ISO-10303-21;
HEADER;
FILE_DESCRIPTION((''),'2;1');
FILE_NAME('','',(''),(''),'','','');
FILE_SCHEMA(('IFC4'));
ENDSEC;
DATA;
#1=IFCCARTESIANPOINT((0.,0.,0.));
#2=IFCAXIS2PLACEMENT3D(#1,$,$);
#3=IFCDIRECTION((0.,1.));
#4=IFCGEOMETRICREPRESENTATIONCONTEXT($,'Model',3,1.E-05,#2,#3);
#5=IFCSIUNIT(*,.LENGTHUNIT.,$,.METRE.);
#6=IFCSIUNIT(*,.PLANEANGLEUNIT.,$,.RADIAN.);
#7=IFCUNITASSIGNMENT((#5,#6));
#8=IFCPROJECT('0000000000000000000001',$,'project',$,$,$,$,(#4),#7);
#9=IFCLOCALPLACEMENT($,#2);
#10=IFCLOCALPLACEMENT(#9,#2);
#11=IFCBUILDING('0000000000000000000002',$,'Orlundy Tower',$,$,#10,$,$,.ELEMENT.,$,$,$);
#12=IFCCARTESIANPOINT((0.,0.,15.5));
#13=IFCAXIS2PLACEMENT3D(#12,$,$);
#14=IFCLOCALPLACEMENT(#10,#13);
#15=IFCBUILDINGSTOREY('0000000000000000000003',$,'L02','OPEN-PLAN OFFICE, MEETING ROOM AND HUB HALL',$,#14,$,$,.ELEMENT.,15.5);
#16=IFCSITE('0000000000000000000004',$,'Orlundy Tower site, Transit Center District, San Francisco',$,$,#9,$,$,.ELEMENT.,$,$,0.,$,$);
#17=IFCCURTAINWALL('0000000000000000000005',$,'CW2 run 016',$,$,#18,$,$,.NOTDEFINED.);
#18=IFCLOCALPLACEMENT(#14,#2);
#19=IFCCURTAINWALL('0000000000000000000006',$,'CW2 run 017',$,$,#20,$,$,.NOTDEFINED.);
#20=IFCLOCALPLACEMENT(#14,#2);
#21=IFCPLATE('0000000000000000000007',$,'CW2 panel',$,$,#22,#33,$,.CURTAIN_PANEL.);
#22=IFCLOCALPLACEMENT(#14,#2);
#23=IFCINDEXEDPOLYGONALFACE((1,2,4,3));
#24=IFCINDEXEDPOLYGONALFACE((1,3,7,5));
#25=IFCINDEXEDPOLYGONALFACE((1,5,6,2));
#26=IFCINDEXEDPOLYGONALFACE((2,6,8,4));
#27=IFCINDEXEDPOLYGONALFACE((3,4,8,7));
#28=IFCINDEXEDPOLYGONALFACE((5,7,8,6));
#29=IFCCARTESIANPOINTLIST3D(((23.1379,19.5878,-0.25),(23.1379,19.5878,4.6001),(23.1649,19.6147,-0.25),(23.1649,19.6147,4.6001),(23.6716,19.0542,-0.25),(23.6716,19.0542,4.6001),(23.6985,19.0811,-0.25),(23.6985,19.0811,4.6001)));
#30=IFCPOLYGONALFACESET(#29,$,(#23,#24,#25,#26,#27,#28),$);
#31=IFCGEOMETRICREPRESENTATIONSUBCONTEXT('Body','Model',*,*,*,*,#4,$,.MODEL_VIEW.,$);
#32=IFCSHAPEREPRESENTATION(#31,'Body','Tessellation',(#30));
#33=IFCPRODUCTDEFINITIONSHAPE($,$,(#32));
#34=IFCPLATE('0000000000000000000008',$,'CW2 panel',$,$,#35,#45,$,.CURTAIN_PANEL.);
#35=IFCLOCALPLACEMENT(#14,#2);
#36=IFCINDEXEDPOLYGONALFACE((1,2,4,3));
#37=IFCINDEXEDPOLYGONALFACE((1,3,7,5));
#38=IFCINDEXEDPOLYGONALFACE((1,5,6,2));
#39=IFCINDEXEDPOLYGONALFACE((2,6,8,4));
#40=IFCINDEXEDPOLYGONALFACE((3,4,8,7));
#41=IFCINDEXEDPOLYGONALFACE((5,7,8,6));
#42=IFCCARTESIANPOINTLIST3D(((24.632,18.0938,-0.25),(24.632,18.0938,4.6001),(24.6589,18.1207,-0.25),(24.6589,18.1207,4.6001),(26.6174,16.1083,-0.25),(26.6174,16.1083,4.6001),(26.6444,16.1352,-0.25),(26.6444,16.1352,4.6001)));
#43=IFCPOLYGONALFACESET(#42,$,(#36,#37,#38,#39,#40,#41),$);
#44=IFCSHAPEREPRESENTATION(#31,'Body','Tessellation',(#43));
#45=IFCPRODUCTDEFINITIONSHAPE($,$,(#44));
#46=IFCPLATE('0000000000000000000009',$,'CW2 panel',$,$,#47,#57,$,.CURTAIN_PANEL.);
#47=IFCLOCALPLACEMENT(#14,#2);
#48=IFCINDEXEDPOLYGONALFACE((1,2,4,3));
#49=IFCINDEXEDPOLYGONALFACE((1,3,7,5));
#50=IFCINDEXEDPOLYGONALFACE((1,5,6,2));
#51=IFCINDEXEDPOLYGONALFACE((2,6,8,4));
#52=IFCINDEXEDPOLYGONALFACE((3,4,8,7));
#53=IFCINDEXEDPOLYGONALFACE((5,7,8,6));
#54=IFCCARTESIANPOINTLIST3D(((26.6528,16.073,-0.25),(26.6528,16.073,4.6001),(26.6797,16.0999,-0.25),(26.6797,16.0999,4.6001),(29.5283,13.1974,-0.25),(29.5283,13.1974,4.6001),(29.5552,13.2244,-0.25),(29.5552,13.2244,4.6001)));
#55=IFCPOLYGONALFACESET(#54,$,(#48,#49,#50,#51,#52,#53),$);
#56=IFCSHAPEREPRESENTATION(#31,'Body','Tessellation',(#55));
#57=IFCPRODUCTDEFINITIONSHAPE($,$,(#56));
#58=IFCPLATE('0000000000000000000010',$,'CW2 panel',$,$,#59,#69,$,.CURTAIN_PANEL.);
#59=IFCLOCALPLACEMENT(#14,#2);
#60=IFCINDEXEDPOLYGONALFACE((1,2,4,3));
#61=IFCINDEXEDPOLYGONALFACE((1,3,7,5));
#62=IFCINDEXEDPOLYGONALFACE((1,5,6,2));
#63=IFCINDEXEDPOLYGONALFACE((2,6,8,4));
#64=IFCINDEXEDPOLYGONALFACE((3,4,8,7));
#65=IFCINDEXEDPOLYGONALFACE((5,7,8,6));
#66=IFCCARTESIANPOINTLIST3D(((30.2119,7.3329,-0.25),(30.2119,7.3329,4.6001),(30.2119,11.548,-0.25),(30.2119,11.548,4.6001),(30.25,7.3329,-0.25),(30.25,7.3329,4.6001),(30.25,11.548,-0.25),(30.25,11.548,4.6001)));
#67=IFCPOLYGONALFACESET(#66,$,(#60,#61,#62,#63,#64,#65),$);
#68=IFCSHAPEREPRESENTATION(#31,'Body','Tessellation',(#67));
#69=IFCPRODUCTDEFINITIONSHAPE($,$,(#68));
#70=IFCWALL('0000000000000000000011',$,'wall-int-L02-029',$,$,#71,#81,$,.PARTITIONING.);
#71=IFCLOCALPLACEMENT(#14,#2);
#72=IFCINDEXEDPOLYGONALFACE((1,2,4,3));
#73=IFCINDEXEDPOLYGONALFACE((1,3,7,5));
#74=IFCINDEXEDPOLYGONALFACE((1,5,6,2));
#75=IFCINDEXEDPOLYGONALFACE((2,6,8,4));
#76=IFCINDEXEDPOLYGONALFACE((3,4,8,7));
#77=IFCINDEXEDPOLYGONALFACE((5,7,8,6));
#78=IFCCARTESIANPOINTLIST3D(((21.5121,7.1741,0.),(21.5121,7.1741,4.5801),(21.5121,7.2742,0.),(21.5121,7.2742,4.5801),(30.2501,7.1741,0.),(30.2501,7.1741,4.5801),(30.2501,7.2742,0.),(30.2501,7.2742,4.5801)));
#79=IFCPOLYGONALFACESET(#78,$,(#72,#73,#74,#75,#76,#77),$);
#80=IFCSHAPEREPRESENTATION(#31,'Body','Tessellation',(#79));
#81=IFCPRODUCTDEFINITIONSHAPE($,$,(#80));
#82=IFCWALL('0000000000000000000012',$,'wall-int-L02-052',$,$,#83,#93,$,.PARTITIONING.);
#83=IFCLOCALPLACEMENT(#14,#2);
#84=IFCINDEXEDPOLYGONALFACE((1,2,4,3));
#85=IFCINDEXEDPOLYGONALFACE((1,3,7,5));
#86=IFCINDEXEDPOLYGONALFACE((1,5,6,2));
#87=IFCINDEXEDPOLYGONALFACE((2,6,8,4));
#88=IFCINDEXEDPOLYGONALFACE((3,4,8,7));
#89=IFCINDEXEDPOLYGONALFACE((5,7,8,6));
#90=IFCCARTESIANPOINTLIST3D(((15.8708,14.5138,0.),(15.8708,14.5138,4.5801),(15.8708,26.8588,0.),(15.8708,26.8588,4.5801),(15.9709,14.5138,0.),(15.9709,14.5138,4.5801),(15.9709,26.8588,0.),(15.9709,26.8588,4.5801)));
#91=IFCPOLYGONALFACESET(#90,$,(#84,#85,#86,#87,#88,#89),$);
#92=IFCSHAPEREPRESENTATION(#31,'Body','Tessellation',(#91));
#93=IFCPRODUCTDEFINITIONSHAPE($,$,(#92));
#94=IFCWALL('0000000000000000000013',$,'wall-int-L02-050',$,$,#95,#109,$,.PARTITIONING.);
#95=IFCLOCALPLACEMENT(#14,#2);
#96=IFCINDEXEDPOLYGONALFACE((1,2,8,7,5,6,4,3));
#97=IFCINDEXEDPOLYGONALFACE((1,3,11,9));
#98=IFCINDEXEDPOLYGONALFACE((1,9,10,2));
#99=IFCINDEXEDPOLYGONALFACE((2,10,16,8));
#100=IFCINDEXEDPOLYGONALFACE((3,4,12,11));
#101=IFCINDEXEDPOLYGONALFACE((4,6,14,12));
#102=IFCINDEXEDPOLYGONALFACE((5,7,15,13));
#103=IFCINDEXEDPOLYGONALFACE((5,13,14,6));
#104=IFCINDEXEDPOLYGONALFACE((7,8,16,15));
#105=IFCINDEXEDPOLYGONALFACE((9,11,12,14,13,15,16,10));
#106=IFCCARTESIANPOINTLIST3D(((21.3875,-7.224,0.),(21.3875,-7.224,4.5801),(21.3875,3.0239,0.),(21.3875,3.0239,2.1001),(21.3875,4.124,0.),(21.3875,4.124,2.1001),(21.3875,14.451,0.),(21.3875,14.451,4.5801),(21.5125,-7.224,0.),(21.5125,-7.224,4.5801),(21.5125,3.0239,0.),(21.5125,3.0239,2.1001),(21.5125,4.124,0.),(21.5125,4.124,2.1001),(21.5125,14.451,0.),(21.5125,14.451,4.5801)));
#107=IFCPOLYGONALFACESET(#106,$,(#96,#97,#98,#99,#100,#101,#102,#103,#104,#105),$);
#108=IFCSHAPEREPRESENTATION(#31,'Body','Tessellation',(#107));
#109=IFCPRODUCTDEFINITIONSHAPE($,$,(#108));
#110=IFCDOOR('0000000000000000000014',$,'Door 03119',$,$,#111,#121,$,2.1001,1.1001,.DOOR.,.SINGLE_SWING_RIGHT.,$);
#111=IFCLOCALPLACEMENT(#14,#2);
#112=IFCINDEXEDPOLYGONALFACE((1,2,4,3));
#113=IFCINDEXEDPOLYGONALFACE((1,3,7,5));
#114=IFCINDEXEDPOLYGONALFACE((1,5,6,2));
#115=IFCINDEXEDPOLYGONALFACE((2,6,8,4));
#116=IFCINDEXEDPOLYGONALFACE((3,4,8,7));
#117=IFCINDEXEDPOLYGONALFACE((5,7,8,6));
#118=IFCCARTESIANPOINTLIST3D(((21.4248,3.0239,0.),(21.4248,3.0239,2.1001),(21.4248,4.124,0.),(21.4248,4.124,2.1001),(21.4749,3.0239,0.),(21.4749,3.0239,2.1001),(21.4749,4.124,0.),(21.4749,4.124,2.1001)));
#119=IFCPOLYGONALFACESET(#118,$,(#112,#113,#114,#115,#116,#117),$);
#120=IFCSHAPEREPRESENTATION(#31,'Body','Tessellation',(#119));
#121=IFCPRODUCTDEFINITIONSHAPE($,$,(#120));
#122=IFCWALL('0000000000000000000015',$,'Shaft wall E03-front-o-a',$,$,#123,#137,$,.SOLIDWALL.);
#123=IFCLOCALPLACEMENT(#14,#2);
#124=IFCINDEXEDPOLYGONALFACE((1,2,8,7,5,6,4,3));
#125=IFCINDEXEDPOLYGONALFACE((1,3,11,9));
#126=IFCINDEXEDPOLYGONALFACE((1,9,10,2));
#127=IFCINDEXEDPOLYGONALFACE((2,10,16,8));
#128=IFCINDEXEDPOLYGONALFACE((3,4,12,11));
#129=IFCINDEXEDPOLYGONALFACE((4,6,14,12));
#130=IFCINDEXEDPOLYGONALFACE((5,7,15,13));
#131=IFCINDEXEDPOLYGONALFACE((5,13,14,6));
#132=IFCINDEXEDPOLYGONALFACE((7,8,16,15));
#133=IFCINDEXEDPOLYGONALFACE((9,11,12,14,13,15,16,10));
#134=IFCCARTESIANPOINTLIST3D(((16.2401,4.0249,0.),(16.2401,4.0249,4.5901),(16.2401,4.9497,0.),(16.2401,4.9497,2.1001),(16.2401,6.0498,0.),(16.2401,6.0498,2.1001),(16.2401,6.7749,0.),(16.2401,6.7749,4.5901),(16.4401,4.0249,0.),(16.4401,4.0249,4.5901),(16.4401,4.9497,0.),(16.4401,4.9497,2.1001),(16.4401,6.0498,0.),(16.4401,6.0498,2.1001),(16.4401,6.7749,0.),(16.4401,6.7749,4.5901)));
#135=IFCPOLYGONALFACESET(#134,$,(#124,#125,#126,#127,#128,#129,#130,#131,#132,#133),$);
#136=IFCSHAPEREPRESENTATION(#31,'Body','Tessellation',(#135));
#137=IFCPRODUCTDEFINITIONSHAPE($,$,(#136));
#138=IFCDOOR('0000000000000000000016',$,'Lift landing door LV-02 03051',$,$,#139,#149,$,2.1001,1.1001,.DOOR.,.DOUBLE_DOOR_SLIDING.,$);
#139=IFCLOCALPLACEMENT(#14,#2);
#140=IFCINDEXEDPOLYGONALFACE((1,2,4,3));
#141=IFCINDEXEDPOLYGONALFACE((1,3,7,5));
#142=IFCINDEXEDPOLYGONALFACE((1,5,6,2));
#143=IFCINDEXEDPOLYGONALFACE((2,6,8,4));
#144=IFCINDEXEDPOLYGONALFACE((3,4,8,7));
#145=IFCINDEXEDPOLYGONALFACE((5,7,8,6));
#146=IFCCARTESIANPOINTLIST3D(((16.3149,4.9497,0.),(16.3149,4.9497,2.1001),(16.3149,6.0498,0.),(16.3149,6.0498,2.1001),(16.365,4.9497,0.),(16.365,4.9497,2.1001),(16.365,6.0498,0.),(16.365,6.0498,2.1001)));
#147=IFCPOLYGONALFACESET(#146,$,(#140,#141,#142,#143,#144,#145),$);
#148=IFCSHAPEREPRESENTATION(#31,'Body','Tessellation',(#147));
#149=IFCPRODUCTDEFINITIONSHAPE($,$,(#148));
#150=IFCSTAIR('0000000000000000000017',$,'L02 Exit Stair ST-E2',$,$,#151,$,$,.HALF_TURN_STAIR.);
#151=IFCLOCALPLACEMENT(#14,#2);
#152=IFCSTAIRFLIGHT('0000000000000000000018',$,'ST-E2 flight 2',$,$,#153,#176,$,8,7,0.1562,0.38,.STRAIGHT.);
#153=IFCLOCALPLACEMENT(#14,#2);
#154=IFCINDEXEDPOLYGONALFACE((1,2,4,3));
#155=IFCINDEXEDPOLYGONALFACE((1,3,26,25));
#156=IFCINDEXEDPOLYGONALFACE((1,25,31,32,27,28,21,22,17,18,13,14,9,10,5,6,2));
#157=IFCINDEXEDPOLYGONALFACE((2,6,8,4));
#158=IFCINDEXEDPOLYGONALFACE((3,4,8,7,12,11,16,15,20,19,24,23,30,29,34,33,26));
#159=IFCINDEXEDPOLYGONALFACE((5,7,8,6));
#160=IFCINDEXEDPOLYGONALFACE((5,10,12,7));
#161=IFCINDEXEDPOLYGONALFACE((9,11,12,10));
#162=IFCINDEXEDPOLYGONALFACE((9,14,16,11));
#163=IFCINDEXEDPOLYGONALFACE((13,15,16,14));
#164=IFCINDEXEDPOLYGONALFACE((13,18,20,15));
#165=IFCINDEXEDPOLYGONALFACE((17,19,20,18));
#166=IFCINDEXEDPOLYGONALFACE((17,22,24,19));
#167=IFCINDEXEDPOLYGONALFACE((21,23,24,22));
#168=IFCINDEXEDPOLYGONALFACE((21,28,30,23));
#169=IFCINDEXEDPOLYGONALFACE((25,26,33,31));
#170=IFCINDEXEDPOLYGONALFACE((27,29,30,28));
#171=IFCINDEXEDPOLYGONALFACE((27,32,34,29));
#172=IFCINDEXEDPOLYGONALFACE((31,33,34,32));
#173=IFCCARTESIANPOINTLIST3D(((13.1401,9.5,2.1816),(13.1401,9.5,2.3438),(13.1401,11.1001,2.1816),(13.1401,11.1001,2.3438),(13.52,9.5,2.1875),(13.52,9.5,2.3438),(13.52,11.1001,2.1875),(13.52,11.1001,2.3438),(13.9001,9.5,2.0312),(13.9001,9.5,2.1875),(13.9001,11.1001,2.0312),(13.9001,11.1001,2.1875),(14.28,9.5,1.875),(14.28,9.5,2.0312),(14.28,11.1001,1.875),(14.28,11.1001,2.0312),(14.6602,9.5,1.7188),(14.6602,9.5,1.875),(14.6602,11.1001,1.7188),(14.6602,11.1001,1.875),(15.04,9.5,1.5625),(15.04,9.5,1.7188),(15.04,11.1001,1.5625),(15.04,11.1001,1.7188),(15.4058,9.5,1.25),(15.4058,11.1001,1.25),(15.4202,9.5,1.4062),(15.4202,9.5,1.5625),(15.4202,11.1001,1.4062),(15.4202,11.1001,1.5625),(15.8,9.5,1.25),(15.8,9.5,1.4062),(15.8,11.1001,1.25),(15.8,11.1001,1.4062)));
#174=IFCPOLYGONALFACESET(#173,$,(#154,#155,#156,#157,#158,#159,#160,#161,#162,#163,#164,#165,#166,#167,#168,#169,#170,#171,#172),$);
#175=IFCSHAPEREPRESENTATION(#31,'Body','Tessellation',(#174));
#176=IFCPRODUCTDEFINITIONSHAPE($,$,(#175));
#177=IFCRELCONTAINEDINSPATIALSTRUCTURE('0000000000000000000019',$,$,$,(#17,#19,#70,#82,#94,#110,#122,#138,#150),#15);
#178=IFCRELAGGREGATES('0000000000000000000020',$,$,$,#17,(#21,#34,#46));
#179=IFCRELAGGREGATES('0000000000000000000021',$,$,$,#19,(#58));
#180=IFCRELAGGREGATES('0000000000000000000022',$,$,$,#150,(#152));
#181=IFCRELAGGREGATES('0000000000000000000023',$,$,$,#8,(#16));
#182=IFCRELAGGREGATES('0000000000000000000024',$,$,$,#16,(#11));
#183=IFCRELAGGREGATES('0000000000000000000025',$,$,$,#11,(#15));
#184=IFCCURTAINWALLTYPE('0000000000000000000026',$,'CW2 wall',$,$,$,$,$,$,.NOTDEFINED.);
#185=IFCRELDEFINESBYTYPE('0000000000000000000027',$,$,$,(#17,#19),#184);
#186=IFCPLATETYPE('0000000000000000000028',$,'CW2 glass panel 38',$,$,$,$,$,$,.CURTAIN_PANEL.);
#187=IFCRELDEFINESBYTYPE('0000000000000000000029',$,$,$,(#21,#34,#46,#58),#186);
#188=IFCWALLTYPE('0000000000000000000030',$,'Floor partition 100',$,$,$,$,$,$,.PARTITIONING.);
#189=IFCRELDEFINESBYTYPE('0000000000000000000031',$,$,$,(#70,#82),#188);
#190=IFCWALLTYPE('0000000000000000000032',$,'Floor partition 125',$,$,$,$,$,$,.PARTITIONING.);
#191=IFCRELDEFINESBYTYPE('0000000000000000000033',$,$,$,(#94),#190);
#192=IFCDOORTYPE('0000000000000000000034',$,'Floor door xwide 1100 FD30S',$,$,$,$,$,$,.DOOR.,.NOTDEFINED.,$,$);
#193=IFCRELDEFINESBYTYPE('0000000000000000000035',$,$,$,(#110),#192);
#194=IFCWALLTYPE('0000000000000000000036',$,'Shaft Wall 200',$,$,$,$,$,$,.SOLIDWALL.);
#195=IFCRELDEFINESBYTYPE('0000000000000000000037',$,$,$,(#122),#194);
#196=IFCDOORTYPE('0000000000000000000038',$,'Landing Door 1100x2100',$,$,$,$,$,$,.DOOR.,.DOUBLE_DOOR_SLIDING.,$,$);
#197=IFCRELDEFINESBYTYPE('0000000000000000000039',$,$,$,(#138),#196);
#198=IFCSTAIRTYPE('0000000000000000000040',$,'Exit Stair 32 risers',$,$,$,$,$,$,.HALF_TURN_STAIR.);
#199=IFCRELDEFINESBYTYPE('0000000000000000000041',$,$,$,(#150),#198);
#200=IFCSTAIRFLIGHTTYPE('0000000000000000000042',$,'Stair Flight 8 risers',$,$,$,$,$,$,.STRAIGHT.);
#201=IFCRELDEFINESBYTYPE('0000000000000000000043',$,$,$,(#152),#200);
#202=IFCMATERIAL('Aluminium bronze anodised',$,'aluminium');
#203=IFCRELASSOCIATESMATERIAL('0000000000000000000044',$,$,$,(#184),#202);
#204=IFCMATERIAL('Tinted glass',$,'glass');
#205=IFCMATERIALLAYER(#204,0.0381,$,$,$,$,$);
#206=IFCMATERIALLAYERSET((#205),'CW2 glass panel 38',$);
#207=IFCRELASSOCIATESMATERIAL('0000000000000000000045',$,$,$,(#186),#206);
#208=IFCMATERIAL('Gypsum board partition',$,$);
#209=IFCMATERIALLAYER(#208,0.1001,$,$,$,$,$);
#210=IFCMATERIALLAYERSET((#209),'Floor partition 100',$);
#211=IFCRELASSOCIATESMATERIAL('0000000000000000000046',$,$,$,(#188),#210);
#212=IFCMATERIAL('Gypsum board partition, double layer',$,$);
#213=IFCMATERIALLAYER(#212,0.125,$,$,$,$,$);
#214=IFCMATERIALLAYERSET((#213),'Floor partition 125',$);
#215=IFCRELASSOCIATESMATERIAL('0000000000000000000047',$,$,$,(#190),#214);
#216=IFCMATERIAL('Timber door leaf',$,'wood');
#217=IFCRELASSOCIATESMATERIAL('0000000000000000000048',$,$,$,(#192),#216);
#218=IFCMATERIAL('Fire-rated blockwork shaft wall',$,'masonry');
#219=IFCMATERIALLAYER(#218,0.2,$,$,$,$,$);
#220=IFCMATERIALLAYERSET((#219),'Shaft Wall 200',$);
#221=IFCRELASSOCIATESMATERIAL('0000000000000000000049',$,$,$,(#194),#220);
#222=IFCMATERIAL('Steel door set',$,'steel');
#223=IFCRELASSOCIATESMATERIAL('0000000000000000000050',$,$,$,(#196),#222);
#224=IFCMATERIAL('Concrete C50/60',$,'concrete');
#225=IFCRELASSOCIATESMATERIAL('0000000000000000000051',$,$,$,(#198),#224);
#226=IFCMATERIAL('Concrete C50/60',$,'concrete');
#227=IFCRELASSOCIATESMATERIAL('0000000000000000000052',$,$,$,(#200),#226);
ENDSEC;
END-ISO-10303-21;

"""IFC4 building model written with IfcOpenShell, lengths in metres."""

from ifc_helpers import new_model, si_unit, direction, frame, frame_2d, origin, origin_2d, place, context, subcontext, project, spatial, polyline, rectangle, outline, extrude, material, layer, layer_set, type_object, element, fill, aggregate, save


model = new_model("IFC4")

# Units and contexts
model_context = context("Model", 3, precision=1e-05, world=origin(), true_north=direction((0.0, 1.0)))
body_context = subcontext(model_context, "Body", "Model", "MODEL_VIEW")
ifc_project = project(units=[si_unit("LENGTHUNIT", "METRE"), si_unit("PLANEANGLEUNIT", "RADIAN")], contexts=[model_context])

# Site, building, storey
site_placement = place(None, origin())
site = spatial("IfcSite", under=ifc_project, at=site_placement, Name="Orlundy Tower site, Transit Center District, San Francisco", CompositionType="ELEMENT", RefElevation=0.0)
building_placement = place(site_placement, origin())
building = spatial("IfcBuilding", under=site, at=building_placement, Name="Orlundy Tower", CompositionType="ELEMENT")
storey_placement = place(building_placement, frame((0.0, 0.0, 15.5)))
storey = spatial("IfcBuildingStorey", under=building, at=storey_placement, Name="L02", Description="OPEN-PLAN OFFICE, MEETING ROOM AND HUB HALL", CompositionType="ELEMENT", Elevation=15.5)

# Curtain wall
ifc_material_1 = material(Name="Aluminium bronze anodised", Category="aluminium")
curtain_wall_type = type_object("IfcCurtainWallType", Name="CW2 wall", PredefinedType="NOTDEFINED", material=ifc_material_1)
curtain_wall_1_placement = place(storey_placement, origin())
curtain_wall_1 = element("IfcCurtainWall", 1, at=curtain_wall_1_placement, inside=storey, type_object=curtain_wall_type, Name="CW2 run 016", PredefinedType="NOTDEFINED")

# Curtain wall
curtain_wall_2_placement = place(storey_placement, origin())
curtain_wall_2 = element("IfcCurtainWall", 2, at=curtain_wall_2_placement, inside=storey, type_object=curtain_wall_type, Name="CW2 run 017", PredefinedType="NOTDEFINED")

# Plates
ifc_material_2 = material(Name="Tinted glass", Category="glass")
ifc_layer_1 = layer(ifc_material_2, 0.0381)
ifc_layer_set_1 = layer_set([ifc_layer_1], Name="CW2 glass panel 38")
plate_type = type_object("IfcPlateType", Name="CW2 glass panel 38", PredefinedType="CURTAIN_PANEL", material=ifc_layer_set_1)
plate_1_placement = place(storey_placement, frame((23.4182, 19.3345, -0.25), z_axis=(0.0, 0.0, 1.0), x_axis=(0.707107, -0.707107, 0.0)))
plate_1 = element("IfcPlate", 3, at=plate_1_placement, type_object=plate_type, Name="CW2 panel", PredefinedType="CURTAIN_PANEL", context=body_context, shape_type="SweptSolid", body=[
    extrude(rectangle(XDim=0.7546, YDim=0.0381, at=origin_2d()), origin(), (0.0, 0.0, 1.0), 4.8501),
])
plate_2_placement = place(storey_placement, frame((25.6382, 17.1145, -0.25), z_axis=(0.0, 0.0, 1.0), x_axis=(0.707107, -0.707107, 0.0)))
plate_2 = element("IfcPlate", 4, at=plate_2_placement, type_object=plate_type, Name="CW2 panel", PredefinedType="CURTAIN_PANEL", context=body_context, shape_type="SweptSolid", body=[
    extrude(rectangle(XDim=2.8079, YDim=0.0381, at=origin_2d()), origin(), (0.0, 0.0, 1.0), 4.8501),
])
plate_3_placement = place(storey_placement, frame((28.104, 14.6487, -0.25), z_axis=(0.0, 0.0, 1.0), x_axis=(0.707107, -0.707107, 0.0)))
plate_3 = element("IfcPlate", 5, at=plate_3_placement, type_object=plate_type, Name="CW2 panel", PredefinedType="CURTAIN_PANEL", context=body_context, shape_type="SweptSolid", body=[
    extrude(rectangle(XDim=4.0667, YDim=0.0381, at=origin_2d()), origin(), (0.0, 0.0, 1.0), 4.8501),
])
aggregate(curtain_wall_1, [plate_1, plate_2, plate_3])
plate_4_placement = place(storey_placement, frame((30.231, 9.4404, -0.25), z_axis=(0.0, 0.0, 1.0), x_axis=(0.0, -1.0, 0.0)))
plate_4 = element("IfcPlate", 6, at=plate_4_placement, type_object=plate_type, Name="CW2 panel", PredefinedType="CURTAIN_PANEL", context=body_context, shape_type="SweptSolid", body=[
    extrude(rectangle(XDim=4.2151, YDim=0.0381, at=origin_2d()), origin(), (0.0, 0.0, 1.0), 4.8501),
])
aggregate(curtain_wall_2, [plate_4])

# Walls
ifc_material_3 = material(Name="Gypsum board partition")
ifc_layer_2 = layer(ifc_material_3, 0.1001)
ifc_layer_set_2 = layer_set([ifc_layer_2], Name="Floor partition 100")
wall_type_1 = type_object("IfcWallType", Name="Floor partition 100", PredefinedType="PARTITIONING", material=ifc_layer_set_2)
wall_1_placement = place(storey_placement, frame((21.512, 7.2241, 0.0), z_axis=(0.0, 0.0, 1.0), x_axis=(1.0, 0.0, 0.0)))
element("IfcWall", 7, at=wall_1_placement, inside=storey, type_object=wall_type_1, Name="wall-int-L02-029", PredefinedType="PARTITIONING", context=body_context, shape_type="SweptSolid", body=[
    extrude(rectangle(XDim=8.738, YDim=0.1001, at=frame_2d((4.3691, 0.0))), origin(), (0.0, 0.0, 1.0), 4.5801),
])
wall_2_placement = place(storey_placement, frame((15.9209, 14.5139, 0.0), z_axis=(0.0, 0.0, 1.0), x_axis=(0.0, 1.0, 0.0)))
element("IfcWall", 8, at=wall_2_placement, inside=storey, type_object=wall_type_1, Name="wall-int-L02-052", PredefinedType="PARTITIONING", context=body_context, shape_type="SweptSolid", body=[
    extrude(rectangle(XDim=12.345, YDim=0.1001, at=frame_2d((6.1724, 0.0))), origin(), (0.0, 0.0, 1.0), 4.5801),
])

# Walls, openings, doors
ifc_material_4 = material(Name="Gypsum board partition, double layer")
ifc_layer_3 = layer(ifc_material_4, 0.125)
ifc_layer_set_3 = layer_set([ifc_layer_3], Name="Floor partition 125")
wall_type_2 = type_object("IfcWallType", Name="Floor partition 125", PredefinedType="PARTITIONING", material=ifc_layer_set_3)
wall_3_placement = place(storey_placement, frame((21.45, 14.4509, 0.0), z_axis=(0.0, 0.0, 1.0), x_axis=(0.0, -1.0, 0.0)))
wall_3 = element("IfcWall", 9, at=wall_3_placement, inside=storey, type_object=wall_type_2, Name="wall-int-L02-050", PredefinedType="PARTITIONING", context=body_context, shape_type="SweptSolid", body=[
    extrude(rectangle(XDim=21.675, YDim=0.125, at=frame_2d((10.8374, 0.0))), origin(), (0.0, 0.0, 1.0), 4.5801),
])
opening_1_placement = place(wall_3_placement, frame((10.3269, 0.0, 0.0)))
opening_1 = element("IfcOpeningElement", 10, at=opening_1_placement, cuts=wall_3, PredefinedType="OPENING", context=body_context, shape_type="SweptSolid", body=[
    extrude(rectangle(XDim=1.1001, YDim=2.1001, at=frame_2d((0.55, 1.05))), frame((0.0, 0.0725, 0.0), z_axis=(0.0, -1.0, 0.0), x_axis=(1.0, 0.0, 0.0)), (0.0, 0.0, 1.0), 0.145),
])
ifc_material_5 = material(Name="Timber door leaf", Category="wood")
door_type_1 = type_object("IfcDoorType", Name="Floor door xwide 1100 FD30S", OperationType="NOTDEFINED", PredefinedType="DOOR", material=ifc_material_5)
door_1_placement = place(opening_1_placement, origin())
door_1 = element("IfcDoor", 11, at=door_1_placement, inside=storey, type_object=door_type_1, Name="Door 03119", OperationType="SINGLE_SWING_RIGHT", OverallHeight=2.1001, OverallWidth=1.1001, PredefinedType="DOOR", context=body_context, shape_type="SweptSolid", body=[
    extrude(rectangle(XDim=1.1001, YDim=2.1001, at=frame_2d((0.55, 1.05))), frame((0.0, 0.0249, 0.0), z_axis=(0.0, -1.0, 0.0), x_axis=(1.0, 0.0, 0.0)), (0.0, 0.0, 1.0), 0.05),
])
fill(opening_1, door_1)
ifc_material_6 = material(Name="Fire-rated blockwork shaft wall", Category="masonry")
ifc_layer_4 = layer(ifc_material_6, 0.2)
ifc_layer_set_4 = layer_set([ifc_layer_4], Name="Shaft Wall 200")
wall_type_3 = type_object("IfcWallType", Name="Shaft Wall 200", PredefinedType="SOLIDWALL", material=ifc_layer_set_4)
wall_4_placement = place(storey_placement, frame((16.3401, 6.7749, 0.0), z_axis=(0.0, 0.0, 1.0), x_axis=(0.0, -1.0, 0.0)))
wall_4 = element("IfcWall", 12, at=wall_4_placement, inside=storey, type_object=wall_type_3, Name="Shaft wall E03-front-o-a", PredefinedType="SOLIDWALL", context=body_context, shape_type="SweptSolid", body=[
    extrude(rectangle(XDim=2.75, YDim=0.2, at=frame_2d((1.375, 0.0))), origin(), (0.0, 0.0, 1.0), 4.5901),
])
opening_2_placement = place(wall_4_placement, frame((0.7251, 0.0, 0.0)))
opening_2 = element("IfcOpeningElement", 13, at=opening_2_placement, cuts=wall_4, PredefinedType="OPENING", context=body_context, shape_type="SweptSolid", body=[
    extrude(rectangle(XDim=1.1001, YDim=2.1001, at=frame_2d((0.55, 1.05))), frame((0.0, 0.1101, 0.0), z_axis=(0.0, -1.0, 0.0), x_axis=(1.0, 0.0, 0.0)), (0.0, 0.0, 1.0), 0.2202),
])
ifc_material_7 = material(Name="Steel door set", Category="steel")
door_type_2 = type_object("IfcDoorType", Name="Landing Door 1100x2100", OperationType="DOUBLE_DOOR_SLIDING", PredefinedType="DOOR", material=ifc_material_7)
door_2_placement = place(opening_2_placement, origin())
door_2 = element("IfcDoor", 14, at=door_2_placement, inside=storey, type_object=door_type_2, Name="Lift landing door LV-02 03051", OperationType="DOUBLE_DOOR_SLIDING", OverallHeight=2.1001, OverallWidth=1.1001, PredefinedType="DOOR", context=body_context, shape_type="SweptSolid", body=[
    extrude(rectangle(XDim=1.1001, YDim=2.1001, at=frame_2d((0.55, 1.05))), frame((0.0, 0.0249, 0.0), z_axis=(0.0, -1.0, 0.0), x_axis=(1.0, 0.0, 0.0)), (0.0, 0.0, 1.0), 0.05),
])
fill(opening_2, door_2)

# Stair, stair flight
ifc_material_8 = material(Name="Concrete C50/60", Category="concrete")
stair_type = type_object("IfcStairType", Name="Exit Stair 32 risers", PredefinedType="HALF_TURN_STAIR", material=ifc_material_8)
stair_placement = place(storey_placement, origin())
stair = element("IfcStair", 15, at=stair_placement, inside=storey, type_object=stair_type, Name="L02 Exit Stair ST-E2", PredefinedType="HALF_TURN_STAIR")
ifc_material_9 = material(Name="Concrete C50/60", Category="concrete")
stair_flight_type = type_object("IfcStairFlightType", Name="Stair Flight 8 risers", PredefinedType="STRAIGHT", material=ifc_material_9)
stair_flight_1_placement = place(storey_placement, frame((15.8, 10.3, 1.25), z_axis=(0.0, 0.0, 1.0), x_axis=(-1.0, 0.0, 0.0)))
stair_flight_1 = element("IfcStairFlight", 16, at=stair_flight_1_placement, type_object=stair_flight_type, Name="ST-E2 flight 2", NumberOfRisers=8, NumberOfTreads=7, PredefinedType="STRAIGHT", RiserHeight=0.1562, TreadLength=0.38, context=body_context, shape_type="SweptSolid", body=[
    extrude(outline(polyline([(0.0, 0.0), (0.0, 0.1562), (0.3799, 0.1562), (0.3799, 0.3125), (0.76, 0.3125), (0.76, 0.4688), (1.1399, 0.4688), (1.1399, 0.625), (1.52, 0.625), (1.52, 0.7812), (1.8999, 0.7812), (1.8999, 0.9375), (2.28, 0.9375), (2.28, 1.0938), (2.6599, 1.0938), (2.6599, 1.25), (2.6599, 0.9316), (0.3943, 0.0), (0.0, 0.0)])), frame((0.0, 0.8, 0.0), z_axis=(0.0, -1.0, 0.0), x_axis=(1.0, 0.0, 0.0)), (0.0, 0.0, 1.0), 1.6001),
])
aggregate(stair, [stair_flight_1])

save(model, "model.ifc")
